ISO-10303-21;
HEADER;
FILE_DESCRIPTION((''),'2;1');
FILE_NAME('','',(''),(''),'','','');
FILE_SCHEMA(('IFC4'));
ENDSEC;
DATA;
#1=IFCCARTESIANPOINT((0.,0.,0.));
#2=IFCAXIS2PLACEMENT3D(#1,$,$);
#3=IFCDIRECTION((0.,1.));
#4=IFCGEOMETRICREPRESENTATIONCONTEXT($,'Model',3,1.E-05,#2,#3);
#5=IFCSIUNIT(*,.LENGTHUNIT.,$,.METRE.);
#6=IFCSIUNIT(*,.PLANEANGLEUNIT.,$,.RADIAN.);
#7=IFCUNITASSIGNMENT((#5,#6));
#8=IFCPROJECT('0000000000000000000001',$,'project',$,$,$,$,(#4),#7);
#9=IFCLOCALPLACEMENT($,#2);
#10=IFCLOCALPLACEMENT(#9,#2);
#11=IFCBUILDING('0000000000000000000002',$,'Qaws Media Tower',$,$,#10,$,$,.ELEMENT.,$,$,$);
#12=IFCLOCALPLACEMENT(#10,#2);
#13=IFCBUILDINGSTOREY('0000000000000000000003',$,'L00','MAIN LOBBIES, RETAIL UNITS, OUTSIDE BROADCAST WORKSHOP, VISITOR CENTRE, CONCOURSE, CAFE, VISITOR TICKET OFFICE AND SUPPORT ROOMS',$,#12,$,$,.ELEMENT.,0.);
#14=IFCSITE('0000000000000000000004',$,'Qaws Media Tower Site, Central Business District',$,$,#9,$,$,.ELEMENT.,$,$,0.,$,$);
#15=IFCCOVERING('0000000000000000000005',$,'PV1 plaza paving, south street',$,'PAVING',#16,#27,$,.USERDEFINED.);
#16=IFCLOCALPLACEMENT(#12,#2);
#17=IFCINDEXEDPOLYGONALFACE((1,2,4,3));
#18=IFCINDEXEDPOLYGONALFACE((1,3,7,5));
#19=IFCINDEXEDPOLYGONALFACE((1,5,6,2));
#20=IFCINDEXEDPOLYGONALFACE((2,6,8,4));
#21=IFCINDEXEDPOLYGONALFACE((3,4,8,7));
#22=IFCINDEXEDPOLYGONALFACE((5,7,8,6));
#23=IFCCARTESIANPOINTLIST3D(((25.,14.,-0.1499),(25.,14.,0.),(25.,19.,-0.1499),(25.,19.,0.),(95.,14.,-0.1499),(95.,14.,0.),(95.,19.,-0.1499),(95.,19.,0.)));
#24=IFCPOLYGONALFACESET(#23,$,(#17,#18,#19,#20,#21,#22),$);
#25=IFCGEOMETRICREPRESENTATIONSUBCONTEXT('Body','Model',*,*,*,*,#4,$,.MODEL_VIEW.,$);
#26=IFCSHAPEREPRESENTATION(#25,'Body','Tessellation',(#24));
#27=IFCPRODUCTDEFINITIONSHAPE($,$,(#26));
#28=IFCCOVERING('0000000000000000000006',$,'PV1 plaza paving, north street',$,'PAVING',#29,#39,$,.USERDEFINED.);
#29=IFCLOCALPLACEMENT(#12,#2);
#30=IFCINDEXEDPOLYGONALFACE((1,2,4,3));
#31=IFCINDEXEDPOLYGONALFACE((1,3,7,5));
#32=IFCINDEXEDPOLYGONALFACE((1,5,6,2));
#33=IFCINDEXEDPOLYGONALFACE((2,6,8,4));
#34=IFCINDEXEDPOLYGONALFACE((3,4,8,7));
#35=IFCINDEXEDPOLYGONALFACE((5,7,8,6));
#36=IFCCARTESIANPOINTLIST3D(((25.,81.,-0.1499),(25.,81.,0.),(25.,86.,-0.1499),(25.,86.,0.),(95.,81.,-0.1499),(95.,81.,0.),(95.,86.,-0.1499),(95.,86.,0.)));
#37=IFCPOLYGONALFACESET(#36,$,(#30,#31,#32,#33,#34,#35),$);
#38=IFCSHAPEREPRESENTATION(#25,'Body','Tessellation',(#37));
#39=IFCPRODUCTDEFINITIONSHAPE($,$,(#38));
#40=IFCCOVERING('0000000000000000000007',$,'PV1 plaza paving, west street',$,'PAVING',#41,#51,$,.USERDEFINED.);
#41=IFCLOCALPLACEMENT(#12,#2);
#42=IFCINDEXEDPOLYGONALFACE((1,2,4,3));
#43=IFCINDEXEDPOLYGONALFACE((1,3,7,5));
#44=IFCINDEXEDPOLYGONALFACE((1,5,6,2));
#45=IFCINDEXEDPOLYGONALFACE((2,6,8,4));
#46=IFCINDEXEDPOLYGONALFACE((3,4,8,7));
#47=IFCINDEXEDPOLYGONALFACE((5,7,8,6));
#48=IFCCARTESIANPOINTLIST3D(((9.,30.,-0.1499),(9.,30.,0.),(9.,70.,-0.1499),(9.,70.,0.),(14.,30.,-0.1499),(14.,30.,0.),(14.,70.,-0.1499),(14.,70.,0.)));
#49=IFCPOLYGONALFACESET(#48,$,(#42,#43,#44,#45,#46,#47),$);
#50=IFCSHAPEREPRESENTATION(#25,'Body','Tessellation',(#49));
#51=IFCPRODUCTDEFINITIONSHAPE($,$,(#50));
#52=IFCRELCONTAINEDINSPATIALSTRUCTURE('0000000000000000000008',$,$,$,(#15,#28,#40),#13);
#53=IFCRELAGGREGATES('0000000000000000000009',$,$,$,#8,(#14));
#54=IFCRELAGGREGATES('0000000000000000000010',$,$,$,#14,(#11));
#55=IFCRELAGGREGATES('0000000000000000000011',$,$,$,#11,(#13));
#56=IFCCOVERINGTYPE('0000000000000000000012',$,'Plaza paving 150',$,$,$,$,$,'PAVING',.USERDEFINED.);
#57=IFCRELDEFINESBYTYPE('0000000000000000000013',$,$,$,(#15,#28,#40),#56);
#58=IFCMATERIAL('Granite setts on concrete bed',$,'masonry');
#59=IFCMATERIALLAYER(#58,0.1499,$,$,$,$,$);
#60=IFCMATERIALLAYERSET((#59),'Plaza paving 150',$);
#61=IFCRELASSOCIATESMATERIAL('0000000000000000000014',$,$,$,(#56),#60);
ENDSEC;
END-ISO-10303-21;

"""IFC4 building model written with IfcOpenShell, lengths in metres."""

from ifc_helpers import new_model, si_unit, direction, frame, origin, place, context, subcontext, project, spatial, polyline, outline, extrude, material, layer, layer_set, type_object, element, save


model = new_model("IFC4")

# Units and contexts
model_context = context("Model", 3, precision=1e-05, world=origin(), true_north=direction((0.0, 1.0)))
body_context = subcontext(model_context, "Body", "Model", "MODEL_VIEW")
ifc_project = project(units=[si_unit("LENGTHUNIT", "METRE"), si_unit("PLANEANGLEUNIT", "RADIAN")], contexts=[model_context])

# Site, building, storey
site_placement = place(None, origin())
site = spatial("IfcSite", under=ifc_project, at=site_placement, Name="Qaws Media Tower Site, Central Business District", CompositionType="ELEMENT", RefElevation=0.0)
building_placement = place(site_placement, origin())
building = spatial("IfcBuilding", under=site, at=building_placement, Name="Qaws Media Tower", CompositionType="ELEMENT")
storey_placement = place(building_placement, origin())
storey = spatial("IfcBuildingStorey", under=building, at=storey_placement, Name="L00", Description="MAIN LOBBIES, RETAIL UNITS, OUTSIDE BROADCAST WORKSHOP, VISITOR CENTRE, CONCOURSE, CAFE, VISITOR TICKET OFFICE AND SUPPORT ROOMS", CompositionType="ELEMENT", Elevation=0.0)

# Coverings
ifc_material_1 = material(Name="Granite setts on concrete bed", Category="masonry")
ifc_layer_1 = layer(ifc_material_1, 0.1499)
ifc_layer_set_1 = layer_set([ifc_layer_1], Name="Plaza paving 150")
covering_type = type_object("IfcCoveringType", Name="Plaza paving 150", ElementType="PAVING", PredefinedType="USERDEFINED", material=ifc_layer_set_1)
covering_1_placement = place(storey_placement, frame((0.0, 0.0, -0.1499)))
element("IfcCovering", 1, at=covering_1_placement, inside=storey, type_object=covering_type, Name="PV1 plaza paving, south street", ObjectType="PAVING", PredefinedType="USERDEFINED", context=body_context, shape_type="SweptSolid", body=[
    extrude(outline(polyline([(25.0, 14.0), (25.0, 19.0), (95.0, 19.0), (95.0, 14.0), (25.0, 14.0)])), origin(), (0.0, 0.0, 1.0), 0.1499),
])
covering_2_placement = place(storey_placement, frame((0.0, 0.0, -0.1499)))
element("IfcCovering", 2, at=covering_2_placement, inside=storey, type_object=covering_type, Name="PV1 plaza paving, north street", ObjectType="PAVING", PredefinedType="USERDEFINED", context=body_context, shape_type="SweptSolid", body=[
    extrude(outline(polyline([(95.0, 86.0), (95.0, 81.0), (25.0, 81.0), (25.0, 86.0), (95.0, 86.0)])), origin(), (0.0, 0.0, 1.0), 0.1499),
])
covering_3_placement = place(storey_placement, frame((0.0, 0.0, -0.1499)))
element("IfcCovering", 3, at=covering_3_placement, inside=storey, type_object=covering_type, Name="PV1 plaza paving, west street", ObjectType="PAVING", PredefinedType="USERDEFINED", context=body_context, shape_type="SweptSolid", body=[
    extrude(outline(polyline([(9.0, 70.0), (14.0, 70.0), (14.0, 30.0), (9.0, 30.0), (9.0, 70.0)])), origin(), (0.0, 0.0, 1.0), 0.1499),
])

save(model, "model.ifc")
